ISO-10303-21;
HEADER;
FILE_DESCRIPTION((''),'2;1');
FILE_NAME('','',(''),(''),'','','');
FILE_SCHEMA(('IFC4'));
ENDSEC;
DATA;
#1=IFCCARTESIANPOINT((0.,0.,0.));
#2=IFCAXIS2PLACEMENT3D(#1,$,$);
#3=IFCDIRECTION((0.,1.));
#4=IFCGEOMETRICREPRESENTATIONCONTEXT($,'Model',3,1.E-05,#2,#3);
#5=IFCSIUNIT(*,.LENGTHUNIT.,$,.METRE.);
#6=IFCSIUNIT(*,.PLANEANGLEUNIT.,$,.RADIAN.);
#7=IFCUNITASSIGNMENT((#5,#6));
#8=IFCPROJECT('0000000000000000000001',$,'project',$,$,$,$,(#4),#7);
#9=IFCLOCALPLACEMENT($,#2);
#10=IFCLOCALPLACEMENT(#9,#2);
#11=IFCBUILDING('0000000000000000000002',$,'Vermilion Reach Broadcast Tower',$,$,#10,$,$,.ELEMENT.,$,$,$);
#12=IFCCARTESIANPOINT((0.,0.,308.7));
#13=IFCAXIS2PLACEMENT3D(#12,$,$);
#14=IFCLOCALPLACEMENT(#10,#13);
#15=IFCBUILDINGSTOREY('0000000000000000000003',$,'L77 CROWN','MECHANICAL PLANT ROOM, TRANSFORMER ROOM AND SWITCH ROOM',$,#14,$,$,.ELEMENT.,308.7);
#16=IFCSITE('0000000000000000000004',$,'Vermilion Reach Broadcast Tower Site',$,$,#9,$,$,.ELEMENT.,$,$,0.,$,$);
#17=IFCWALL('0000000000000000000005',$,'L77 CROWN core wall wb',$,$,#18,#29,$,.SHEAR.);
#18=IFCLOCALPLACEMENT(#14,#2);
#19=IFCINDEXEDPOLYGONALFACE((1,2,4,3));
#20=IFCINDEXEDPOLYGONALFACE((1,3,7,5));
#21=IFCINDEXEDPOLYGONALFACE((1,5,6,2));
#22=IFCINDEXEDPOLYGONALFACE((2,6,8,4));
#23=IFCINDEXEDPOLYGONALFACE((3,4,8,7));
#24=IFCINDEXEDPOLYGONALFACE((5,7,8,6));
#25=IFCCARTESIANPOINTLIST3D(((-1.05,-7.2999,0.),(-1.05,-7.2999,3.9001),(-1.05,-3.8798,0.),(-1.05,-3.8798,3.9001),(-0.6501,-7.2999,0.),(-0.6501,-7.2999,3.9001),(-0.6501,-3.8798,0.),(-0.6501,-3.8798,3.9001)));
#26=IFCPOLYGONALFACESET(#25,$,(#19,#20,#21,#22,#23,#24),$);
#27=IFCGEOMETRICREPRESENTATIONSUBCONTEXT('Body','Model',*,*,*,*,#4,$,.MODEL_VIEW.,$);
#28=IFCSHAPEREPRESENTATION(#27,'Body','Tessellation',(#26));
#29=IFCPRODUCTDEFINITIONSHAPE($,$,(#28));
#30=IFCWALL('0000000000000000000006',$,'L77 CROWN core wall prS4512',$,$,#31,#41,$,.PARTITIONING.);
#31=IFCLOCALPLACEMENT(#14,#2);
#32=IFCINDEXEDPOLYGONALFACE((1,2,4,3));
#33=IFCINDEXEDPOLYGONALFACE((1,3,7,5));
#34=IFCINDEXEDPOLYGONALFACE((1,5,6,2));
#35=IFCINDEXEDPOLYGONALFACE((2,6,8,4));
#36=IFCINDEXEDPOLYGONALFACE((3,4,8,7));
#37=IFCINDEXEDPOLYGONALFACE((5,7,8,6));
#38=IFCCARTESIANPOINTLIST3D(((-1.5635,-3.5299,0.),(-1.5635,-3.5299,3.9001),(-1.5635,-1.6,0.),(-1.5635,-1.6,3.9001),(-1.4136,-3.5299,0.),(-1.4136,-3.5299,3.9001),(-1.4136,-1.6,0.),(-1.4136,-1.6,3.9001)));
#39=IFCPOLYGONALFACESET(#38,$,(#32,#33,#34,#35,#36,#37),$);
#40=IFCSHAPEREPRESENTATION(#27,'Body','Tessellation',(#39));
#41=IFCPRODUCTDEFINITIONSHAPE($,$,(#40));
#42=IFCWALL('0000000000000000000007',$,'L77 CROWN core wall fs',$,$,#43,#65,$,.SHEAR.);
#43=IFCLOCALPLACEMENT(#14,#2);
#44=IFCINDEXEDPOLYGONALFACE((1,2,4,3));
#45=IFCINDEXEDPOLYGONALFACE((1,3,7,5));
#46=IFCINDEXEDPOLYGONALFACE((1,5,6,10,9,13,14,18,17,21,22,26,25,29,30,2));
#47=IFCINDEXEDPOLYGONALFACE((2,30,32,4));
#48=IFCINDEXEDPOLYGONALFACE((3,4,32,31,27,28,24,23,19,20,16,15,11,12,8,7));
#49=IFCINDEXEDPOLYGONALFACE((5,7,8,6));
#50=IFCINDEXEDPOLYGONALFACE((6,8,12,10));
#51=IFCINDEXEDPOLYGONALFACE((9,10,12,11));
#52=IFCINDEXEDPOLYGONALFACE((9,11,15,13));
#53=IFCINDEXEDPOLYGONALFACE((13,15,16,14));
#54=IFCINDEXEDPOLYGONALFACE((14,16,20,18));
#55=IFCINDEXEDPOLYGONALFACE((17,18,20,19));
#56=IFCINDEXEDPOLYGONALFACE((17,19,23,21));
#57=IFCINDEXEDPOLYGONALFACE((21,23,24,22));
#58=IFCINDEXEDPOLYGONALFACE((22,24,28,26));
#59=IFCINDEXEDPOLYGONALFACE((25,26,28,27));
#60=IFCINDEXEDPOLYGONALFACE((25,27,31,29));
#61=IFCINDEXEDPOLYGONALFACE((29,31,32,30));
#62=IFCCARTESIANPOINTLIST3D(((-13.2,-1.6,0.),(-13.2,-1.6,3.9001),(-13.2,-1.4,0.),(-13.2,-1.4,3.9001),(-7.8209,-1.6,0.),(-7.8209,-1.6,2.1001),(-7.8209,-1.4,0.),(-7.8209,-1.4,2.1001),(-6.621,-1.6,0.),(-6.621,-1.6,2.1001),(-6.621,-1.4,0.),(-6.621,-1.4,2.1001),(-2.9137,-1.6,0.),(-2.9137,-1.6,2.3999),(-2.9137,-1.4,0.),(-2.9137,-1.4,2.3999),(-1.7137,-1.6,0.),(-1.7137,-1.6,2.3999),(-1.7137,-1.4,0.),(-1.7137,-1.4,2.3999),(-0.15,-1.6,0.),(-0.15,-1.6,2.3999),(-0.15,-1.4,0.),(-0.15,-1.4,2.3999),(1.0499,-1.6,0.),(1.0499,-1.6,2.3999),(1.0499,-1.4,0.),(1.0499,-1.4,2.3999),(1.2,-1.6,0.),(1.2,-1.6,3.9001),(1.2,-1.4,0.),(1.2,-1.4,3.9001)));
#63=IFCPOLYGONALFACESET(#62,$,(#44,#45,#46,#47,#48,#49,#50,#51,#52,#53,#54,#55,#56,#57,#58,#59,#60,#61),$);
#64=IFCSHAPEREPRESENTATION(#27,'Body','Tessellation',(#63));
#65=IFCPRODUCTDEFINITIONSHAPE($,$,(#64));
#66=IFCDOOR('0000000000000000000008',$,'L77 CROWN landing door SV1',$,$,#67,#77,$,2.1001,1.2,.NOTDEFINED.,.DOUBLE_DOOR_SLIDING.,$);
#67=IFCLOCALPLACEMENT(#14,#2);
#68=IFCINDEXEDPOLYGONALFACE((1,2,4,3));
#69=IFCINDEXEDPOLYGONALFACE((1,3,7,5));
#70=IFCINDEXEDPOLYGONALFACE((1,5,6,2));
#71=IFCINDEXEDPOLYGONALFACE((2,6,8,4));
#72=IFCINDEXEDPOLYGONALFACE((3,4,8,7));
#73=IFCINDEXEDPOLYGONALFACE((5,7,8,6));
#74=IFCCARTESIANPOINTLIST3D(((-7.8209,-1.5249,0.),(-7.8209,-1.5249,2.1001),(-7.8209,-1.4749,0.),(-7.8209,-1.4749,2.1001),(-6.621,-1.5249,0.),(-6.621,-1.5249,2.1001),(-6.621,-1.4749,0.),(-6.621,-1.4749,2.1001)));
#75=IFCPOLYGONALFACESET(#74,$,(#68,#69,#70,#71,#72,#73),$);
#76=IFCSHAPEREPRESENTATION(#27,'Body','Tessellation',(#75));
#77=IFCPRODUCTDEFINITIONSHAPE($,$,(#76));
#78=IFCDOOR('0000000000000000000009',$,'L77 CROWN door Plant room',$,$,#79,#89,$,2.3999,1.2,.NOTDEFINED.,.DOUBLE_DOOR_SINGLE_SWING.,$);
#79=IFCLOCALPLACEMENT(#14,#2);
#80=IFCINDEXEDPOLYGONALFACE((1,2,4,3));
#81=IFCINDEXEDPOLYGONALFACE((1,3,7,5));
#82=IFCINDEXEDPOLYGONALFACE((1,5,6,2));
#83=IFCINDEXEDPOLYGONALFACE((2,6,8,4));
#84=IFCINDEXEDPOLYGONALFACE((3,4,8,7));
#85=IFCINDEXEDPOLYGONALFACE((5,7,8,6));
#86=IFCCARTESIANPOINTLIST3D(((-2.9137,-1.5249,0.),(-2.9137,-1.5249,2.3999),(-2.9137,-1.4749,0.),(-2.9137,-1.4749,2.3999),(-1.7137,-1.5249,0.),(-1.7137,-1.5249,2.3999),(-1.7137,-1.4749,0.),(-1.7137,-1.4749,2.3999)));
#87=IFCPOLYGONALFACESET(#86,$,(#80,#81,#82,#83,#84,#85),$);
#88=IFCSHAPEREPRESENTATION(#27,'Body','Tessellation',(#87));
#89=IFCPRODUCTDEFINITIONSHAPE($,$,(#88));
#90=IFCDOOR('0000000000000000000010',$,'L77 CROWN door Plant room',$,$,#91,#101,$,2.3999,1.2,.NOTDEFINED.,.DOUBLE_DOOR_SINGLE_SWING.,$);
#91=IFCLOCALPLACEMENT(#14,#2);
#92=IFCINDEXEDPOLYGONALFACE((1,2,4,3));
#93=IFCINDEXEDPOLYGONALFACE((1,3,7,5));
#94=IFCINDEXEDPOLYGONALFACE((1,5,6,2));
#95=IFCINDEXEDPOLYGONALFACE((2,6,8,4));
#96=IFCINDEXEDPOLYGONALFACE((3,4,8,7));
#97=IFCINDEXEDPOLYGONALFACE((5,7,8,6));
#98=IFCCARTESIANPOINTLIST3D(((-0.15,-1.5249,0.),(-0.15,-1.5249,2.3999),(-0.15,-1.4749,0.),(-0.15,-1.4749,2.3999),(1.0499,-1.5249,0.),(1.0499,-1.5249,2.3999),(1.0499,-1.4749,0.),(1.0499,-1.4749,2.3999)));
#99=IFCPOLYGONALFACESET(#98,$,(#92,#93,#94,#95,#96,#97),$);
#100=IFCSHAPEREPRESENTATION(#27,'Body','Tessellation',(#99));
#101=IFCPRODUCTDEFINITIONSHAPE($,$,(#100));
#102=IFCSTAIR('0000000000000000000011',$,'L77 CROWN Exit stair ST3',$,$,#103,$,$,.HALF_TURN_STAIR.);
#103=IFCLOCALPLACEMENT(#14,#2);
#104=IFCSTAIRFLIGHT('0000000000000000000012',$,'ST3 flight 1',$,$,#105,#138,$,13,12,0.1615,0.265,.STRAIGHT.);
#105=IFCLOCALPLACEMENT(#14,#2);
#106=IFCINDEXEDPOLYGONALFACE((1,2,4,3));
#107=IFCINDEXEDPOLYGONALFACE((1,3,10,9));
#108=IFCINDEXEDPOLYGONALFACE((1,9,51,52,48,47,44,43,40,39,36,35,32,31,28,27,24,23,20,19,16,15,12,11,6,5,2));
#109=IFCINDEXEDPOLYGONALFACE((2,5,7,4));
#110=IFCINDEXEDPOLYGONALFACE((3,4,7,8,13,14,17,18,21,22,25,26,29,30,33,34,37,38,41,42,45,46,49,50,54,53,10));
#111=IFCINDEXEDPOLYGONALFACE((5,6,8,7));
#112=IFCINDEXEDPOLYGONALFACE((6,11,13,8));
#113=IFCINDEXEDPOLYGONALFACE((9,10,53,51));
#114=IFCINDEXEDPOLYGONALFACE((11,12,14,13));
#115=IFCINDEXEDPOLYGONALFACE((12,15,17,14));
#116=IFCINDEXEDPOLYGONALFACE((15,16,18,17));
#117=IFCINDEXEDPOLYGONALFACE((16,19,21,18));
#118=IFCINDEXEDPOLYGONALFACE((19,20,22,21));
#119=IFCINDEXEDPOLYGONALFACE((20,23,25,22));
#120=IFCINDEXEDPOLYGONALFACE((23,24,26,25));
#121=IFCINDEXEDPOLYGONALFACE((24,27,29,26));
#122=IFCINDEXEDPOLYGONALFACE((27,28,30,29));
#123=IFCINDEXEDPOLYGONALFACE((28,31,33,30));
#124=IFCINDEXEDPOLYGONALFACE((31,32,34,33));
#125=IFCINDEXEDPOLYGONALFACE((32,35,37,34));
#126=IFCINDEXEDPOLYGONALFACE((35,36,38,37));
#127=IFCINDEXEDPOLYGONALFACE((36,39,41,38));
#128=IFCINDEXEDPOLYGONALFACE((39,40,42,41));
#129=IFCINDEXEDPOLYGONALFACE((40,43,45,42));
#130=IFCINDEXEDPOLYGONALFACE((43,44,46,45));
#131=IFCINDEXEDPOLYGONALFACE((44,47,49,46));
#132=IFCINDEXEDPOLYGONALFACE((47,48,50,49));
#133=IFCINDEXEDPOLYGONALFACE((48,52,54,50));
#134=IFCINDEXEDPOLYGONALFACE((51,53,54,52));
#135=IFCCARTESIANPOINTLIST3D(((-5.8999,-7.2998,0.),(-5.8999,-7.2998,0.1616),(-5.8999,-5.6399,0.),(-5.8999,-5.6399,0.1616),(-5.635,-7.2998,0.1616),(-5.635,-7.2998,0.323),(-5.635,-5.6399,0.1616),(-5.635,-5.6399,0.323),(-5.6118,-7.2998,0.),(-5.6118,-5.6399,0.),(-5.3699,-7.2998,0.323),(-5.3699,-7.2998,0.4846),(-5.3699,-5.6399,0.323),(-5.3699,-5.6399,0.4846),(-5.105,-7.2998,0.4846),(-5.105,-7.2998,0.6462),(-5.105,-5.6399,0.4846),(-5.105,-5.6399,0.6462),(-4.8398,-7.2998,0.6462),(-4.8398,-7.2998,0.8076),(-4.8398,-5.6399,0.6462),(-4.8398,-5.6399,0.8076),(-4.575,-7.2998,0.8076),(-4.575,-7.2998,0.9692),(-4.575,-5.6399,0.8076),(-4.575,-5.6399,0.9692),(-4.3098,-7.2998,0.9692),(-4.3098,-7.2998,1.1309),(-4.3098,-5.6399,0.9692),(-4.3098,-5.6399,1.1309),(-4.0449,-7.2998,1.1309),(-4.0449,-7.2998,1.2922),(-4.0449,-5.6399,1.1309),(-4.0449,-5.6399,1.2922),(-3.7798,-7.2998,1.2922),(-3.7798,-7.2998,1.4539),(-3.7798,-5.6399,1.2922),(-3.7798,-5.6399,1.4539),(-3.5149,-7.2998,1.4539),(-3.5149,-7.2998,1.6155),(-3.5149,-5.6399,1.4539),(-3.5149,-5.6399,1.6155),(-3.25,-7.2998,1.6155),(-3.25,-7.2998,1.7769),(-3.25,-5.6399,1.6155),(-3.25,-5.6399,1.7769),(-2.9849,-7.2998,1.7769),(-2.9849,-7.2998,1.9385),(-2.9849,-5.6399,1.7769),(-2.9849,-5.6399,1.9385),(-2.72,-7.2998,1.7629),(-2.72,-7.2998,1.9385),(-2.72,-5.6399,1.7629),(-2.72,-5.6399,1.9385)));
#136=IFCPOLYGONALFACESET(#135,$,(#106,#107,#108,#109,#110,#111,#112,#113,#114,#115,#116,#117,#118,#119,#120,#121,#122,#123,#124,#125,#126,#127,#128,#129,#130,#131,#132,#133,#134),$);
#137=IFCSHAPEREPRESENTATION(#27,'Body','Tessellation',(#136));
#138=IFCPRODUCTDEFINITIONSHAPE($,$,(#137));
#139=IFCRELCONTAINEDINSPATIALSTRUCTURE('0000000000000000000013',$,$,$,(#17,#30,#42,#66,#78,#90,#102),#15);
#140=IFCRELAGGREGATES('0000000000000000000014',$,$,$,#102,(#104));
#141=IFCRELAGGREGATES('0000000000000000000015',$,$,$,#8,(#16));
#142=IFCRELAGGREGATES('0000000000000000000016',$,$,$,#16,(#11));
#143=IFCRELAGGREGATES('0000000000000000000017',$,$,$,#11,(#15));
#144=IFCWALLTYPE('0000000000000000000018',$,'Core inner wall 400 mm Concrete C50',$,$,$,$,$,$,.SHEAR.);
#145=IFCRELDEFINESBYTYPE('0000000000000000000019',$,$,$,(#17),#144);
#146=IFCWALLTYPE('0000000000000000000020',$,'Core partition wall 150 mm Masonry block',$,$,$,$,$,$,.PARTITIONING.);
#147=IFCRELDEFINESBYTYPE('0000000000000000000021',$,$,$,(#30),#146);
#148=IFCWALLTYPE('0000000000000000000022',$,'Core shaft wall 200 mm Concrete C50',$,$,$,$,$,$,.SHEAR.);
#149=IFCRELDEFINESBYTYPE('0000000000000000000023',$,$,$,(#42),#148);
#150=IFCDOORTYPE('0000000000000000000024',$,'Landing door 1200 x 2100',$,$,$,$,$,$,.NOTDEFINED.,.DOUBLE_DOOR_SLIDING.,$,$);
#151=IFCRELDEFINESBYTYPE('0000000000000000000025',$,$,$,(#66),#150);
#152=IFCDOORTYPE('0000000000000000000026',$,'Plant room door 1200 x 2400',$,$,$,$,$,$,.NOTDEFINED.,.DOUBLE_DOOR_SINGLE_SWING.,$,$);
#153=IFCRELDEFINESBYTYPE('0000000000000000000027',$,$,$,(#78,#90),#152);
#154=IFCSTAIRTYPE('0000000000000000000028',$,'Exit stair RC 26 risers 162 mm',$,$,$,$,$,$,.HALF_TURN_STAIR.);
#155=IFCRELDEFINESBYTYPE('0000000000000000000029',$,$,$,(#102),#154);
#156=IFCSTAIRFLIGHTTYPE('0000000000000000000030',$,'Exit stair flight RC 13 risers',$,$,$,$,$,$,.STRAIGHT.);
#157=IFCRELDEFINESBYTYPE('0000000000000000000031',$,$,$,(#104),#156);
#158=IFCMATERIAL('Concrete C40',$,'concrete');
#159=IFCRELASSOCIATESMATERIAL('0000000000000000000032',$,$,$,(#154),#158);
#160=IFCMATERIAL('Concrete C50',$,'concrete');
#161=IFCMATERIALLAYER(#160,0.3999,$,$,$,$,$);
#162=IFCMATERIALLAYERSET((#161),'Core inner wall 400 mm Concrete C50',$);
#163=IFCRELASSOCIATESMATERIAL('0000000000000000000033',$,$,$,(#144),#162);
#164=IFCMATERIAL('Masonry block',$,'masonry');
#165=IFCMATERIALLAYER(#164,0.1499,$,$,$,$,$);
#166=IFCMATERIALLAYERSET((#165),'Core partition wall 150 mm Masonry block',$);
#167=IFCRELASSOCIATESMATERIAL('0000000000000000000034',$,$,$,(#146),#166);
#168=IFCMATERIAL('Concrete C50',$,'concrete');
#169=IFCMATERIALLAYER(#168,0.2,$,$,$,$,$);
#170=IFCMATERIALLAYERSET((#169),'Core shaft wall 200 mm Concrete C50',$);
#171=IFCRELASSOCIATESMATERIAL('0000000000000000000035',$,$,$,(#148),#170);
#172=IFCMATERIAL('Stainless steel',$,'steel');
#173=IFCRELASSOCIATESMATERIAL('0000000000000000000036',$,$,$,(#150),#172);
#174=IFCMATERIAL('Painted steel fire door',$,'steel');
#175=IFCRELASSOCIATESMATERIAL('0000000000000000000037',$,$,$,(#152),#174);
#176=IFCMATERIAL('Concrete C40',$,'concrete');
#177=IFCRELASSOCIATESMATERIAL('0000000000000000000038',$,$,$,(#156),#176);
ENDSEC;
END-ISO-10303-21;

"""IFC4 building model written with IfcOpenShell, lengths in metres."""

from ifc_helpers import new_model, si_unit, direction, frame, frame_2d, origin, place, context, subcontext, project, spatial, polyline, rectangle, outline, extrude, material, layer, layer_set, type_object, element, fill, aggregate, save


model = new_model("IFC4")

# Units and contexts
model_context = context("Model", 3, precision=1e-05, world=origin(), true_north=direction((0.0, 1.0)))
body_context = subcontext(model_context, "Body", "Model", "MODEL_VIEW")
ifc_project = project(units=[si_unit("LENGTHUNIT", "METRE"), si_unit("PLANEANGLEUNIT", "RADIAN")], contexts=[model_context])

# Site, building, storey
site_placement = place(None, origin())
site = spatial("IfcSite", under=ifc_project, at=site_placement, Name="Vermilion Reach Broadcast Tower Site", CompositionType="ELEMENT", RefElevation=0.0)
building_placement = place(site_placement, origin())
building = spatial("IfcBuilding", under=site, at=building_placement, Name="Vermilion Reach Broadcast Tower", CompositionType="ELEMENT")
storey_placement = place(building_placement, frame((0.0, 0.0, 308.7)))
storey = spatial("IfcBuildingStorey", under=building, at=storey_placement, Name="L77 CROWN", Description="MECHANICAL PLANT ROOM, TRANSFORMER ROOM AND SWITCH ROOM", CompositionType="ELEMENT", Elevation=308.7)

# Shared definitions
ifc_material_1 = material(Name="Concrete C40", Category="concrete")
stair_type = type_object("IfcStairType", Name="Exit stair RC 26 risers 162 mm", PredefinedType="HALF_TURN_STAIR", material=ifc_material_1)
placement_1 = place(storey_placement, origin())

# Walls
ifc_material_2 = material(Name="Concrete C50", Category="concrete")
ifc_layer_1 = layer(ifc_material_2, 0.3999)
ifc_layer_set_1 = layer_set([ifc_layer_1], Name="Core inner wall 400 mm Concrete C50")
wall_type_1 = type_object("IfcWallType", Name="Core inner wall 400 mm Concrete C50", PredefinedType="SHEAR", material=ifc_layer_set_1)
wall_1_placement = place(storey_placement, frame((-0.8501, -3.8799, 0.0), z_axis=(0.0, 0.0, 1.0), x_axis=(0.0, -1.0, 0.0)))
element("IfcWall", 1, at=wall_1_placement, inside=storey, type_object=wall_type_1, Name="L77 CROWN core wall wb", PredefinedType="SHEAR", context=body_context, shape_type="SweptSolid", body=[
    extrude(rectangle(XDim=3.4202, YDim=0.3999, at=frame_2d((1.71, 0.0))), origin(), (0.0, 0.0, 1.0), 3.9001),
])
ifc_material_3 = material(Name="Masonry block", Category="masonry")
ifc_layer_2 = layer(ifc_material_3, 0.1499)
ifc_layer_set_2 = layer_set([ifc_layer_2], Name="Core partition wall 150 mm Masonry block")
wall_type_2 = type_object("IfcWallType", Name="Core partition wall 150 mm Masonry block", PredefinedType="PARTITIONING", material=ifc_layer_set_2)
wall_2_placement = place(storey_placement, frame((-1.4885, -1.6001, 0.0), z_axis=(0.0, 0.0, 1.0), x_axis=(0.0, -1.0, 0.0)))
element("IfcWall", 2, at=wall_2_placement, inside=storey, type_object=wall_type_2, Name="L77 CROWN core wall prS4512", PredefinedType="PARTITIONING", context=body_context, shape_type="SweptSolid", body=[
    extrude(rectangle(XDim=1.9299, YDim=0.1499, at=frame_2d((0.9648, 0.0))), origin(), (0.0, 0.0, 1.0), 3.9001),
])

# Wall, openings, doors
ifc_material_4 = material(Name="Concrete C50", Category="concrete")
ifc_layer_3 = layer(ifc_material_4, 0.2)
ifc_layer_set_3 = layer_set([ifc_layer_3], Name="Core shaft wall 200 mm Concrete C50")
wall_type_3 = type_object("IfcWallType", Name="Core shaft wall 200 mm Concrete C50", PredefinedType="SHEAR", material=ifc_layer_set_3)
wall_3_placement = place(storey_placement, frame((1.2, -1.5, 0.0), z_axis=(0.0, 0.0, 1.0), x_axis=(-1.0, 0.0, 0.0)))
wall_3 = element("IfcWall", 3, at=wall_3_placement, inside=storey, type_object=wall_type_3, Name="L77 CROWN core wall fs", PredefinedType="SHEAR", context=body_context, shape_type="SweptSolid", body=[
    extrude(rectangle(XDim=14.3999, YDim=0.2, at=frame_2d((7.2, 0.0))), origin(), (0.0, 0.0, 1.0), 3.9001),
])
opening_1_placement = place(wall_3_placement, frame((7.8208, 0.0, 0.0)))
opening_1 = element("IfcOpeningElement", 4, at=opening_1_placement, cuts=wall_3, PredefinedType="OPENING", context=body_context, shape_type="SweptSolid", body=[
    extrude(rectangle(XDim=1.2, YDim=2.1001, at=frame_2d((0.6001, 1.05))), frame((0.0, 0.1099, 0.0), z_axis=(0.0, -1.0, 0.0), x_axis=(1.0, 0.0, 0.0)), (0.0, 0.0, 1.0), 0.22),
])
opening_2_placement = place(wall_3_placement, frame((2.9136, 0.0, 0.0)))
opening_2 = element("IfcOpeningElement", 5, at=opening_2_placement, cuts=wall_3, PredefinedType="OPENING", context=body_context, shape_type="SweptSolid", body=[
    extrude(rectangle(XDim=1.2, YDim=2.3999, at=frame_2d((0.6001, 1.2))), frame((0.0, 0.1099, 0.0), z_axis=(0.0, -1.0, 0.0), x_axis=(1.0, 0.0, 0.0)), (0.0, 0.0, 1.0), 0.22),
])
opening_3_placement = place(wall_3_placement, frame((0.1499, 0.0, 0.0)))
opening_3 = element("IfcOpeningElement", 6, at=opening_3_placement, cuts=wall_3, PredefinedType="OPENING", context=body_context, shape_type="SweptSolid", body=[
    extrude(rectangle(XDim=1.2, YDim=2.3999, at=frame_2d((0.6001, 1.2))), frame((0.0, 0.1099, 0.0), z_axis=(0.0, -1.0, 0.0), x_axis=(1.0, 0.0, 0.0)), (0.0, 0.0, 1.0), 0.22),
])
ifc_material_5 = material(Name="Stainless steel", Category="steel")
door_type_1 = type_object("IfcDoorType", Name="Landing door 1200 x 2100", OperationType="DOUBLE_DOOR_SLIDING", PredefinedType="NOTDEFINED", material=ifc_material_5)
door_1_placement = place(opening_1_placement, origin())
door_1 = element("IfcDoor", 7, at=door_1_placement, inside=storey, type_object=door_type_1, Name="L77 CROWN landing door SV1", OperationType="DOUBLE_DOOR_SLIDING", OverallHeight=2.1001, OverallWidth=1.2, PredefinedType="NOTDEFINED", context=body_context, shape_type="SweptSolid", body=[
    extrude(rectangle(XDim=1.2, YDim=2.1001, at=frame_2d((0.6001, 1.05))), frame((0.0, 0.0249, 0.0), z_axis=(0.0, -1.0, 0.0), x_axis=(1.0, 0.0, 0.0)), (0.0, 0.0, 1.0), 0.05),
])
fill(opening_1, door_1)
ifc_material_6 = material(Name="Painted steel fire door", Category="steel")
door_type_2 = type_object("IfcDoorType", Name="Plant room door 1200 x 2400", OperationType="DOUBLE_DOOR_SINGLE_SWING", PredefinedType="NOTDEFINED", material=ifc_material_6)
door_2_placement = place(opening_2_placement, origin())
door_2 = element("IfcDoor", 8, at=door_2_placement, inside=storey, type_object=door_type_2, Name="L77 CROWN door Plant room", OperationType="DOUBLE_DOOR_SINGLE_SWING", OverallHeight=2.3999, OverallWidth=1.2, PredefinedType="NOTDEFINED", context=body_context, shape_type="SweptSolid", body=[
    extrude(rectangle(XDim=1.2, YDim=2.3999, at=frame_2d((0.6001, 1.2))), frame((0.0, 0.0249, 0.0), z_axis=(0.0, -1.0, 0.0), x_axis=(1.0, 0.0, 0.0)), (0.0, 0.0, 1.0), 0.05),
])
fill(opening_2, door_2)
door_3_placement = place(opening_3_placement, origin())
door_3 = element("IfcDoor", 9, at=door_3_placement, inside=storey, type_object=door_type_2, Name="L77 CROWN door Plant room", OperationType="DOUBLE_DOOR_SINGLE_SWING", OverallHeight=2.3999, OverallWidth=1.2, PredefinedType="NOTDEFINED", context=body_context, shape_type="SweptSolid", body=[
    extrude(rectangle(XDim=1.2, YDim=2.3999, at=frame_2d((0.6001, 1.2))), frame((0.0, 0.0249, 0.0), z_axis=(0.0, -1.0, 0.0), x_axis=(1.0, 0.0, 0.0)), (0.0, 0.0, 1.0), 0.05),
])
fill(opening_3, door_3)

# Stair, stair flight
stair_1 = element("IfcStair", 10, at=placement_1, inside=storey, type_object=stair_type, Name="L77 CROWN Exit stair ST3", PredefinedType="HALF_TURN_STAIR")
ifc_material_7 = material(Name="Concrete C40", Category="concrete")
stair_flight_type = type_object("IfcStairFlightType", Name="Exit stair flight RC 13 risers", PredefinedType="STRAIGHT", material=ifc_material_7)
stair_flight_1_placement = place(storey_placement, frame((-5.8999, -6.47, 0.0), z_axis=(0.0, 0.0, 1.0), x_axis=(1.0, 0.0, 0.0)))
stair_flight_1 = element("IfcStairFlight", 11, at=stair_flight_1_placement, type_object=stair_flight_type, Name="ST3 flight 1", NumberOfRisers=13, NumberOfTreads=12, PredefinedType="STRAIGHT", RiserHeight=0.1615, TreadLength=0.265, context=body_context, shape_type="SweptSolid", body=[
    extrude(outline(polyline([(0.0, 0.0), (0.0, 0.1616), (0.2649, 0.1616), (0.2649, 0.323), (0.53, 0.323), (0.53, 0.4846), (0.7949, 0.4846), (0.7949, 0.6462), (1.0601, 0.6462), (1.0601, 0.8076), (1.325, 0.8076), (1.325, 0.9692), (1.5901, 0.9692), (1.5901, 1.1309), (1.855, 1.1309), (1.855, 1.2922), (2.1201, 1.2922), (2.1201, 1.4539), (2.385, 1.4539), (2.385, 1.6155), (2.6499, 1.6155), (2.6499, 1.7769), (2.915, 1.7769), (2.915, 1.9385), (3.1799, 1.9385), (3.1799, 2.1001), (3.1799, 1.7629), (0.2881, 0.0), (0.0, 0.0)])), frame((0.0, 0.8301, 0.0), z_axis=(0.0, -1.0, 0.0), x_axis=(1.0, 0.0, 0.0)), (0.0, 0.0, 1.0), 1.6599),
])
aggregate(stair_1, [stair_flight_1])

save(model, "model.ifc")
